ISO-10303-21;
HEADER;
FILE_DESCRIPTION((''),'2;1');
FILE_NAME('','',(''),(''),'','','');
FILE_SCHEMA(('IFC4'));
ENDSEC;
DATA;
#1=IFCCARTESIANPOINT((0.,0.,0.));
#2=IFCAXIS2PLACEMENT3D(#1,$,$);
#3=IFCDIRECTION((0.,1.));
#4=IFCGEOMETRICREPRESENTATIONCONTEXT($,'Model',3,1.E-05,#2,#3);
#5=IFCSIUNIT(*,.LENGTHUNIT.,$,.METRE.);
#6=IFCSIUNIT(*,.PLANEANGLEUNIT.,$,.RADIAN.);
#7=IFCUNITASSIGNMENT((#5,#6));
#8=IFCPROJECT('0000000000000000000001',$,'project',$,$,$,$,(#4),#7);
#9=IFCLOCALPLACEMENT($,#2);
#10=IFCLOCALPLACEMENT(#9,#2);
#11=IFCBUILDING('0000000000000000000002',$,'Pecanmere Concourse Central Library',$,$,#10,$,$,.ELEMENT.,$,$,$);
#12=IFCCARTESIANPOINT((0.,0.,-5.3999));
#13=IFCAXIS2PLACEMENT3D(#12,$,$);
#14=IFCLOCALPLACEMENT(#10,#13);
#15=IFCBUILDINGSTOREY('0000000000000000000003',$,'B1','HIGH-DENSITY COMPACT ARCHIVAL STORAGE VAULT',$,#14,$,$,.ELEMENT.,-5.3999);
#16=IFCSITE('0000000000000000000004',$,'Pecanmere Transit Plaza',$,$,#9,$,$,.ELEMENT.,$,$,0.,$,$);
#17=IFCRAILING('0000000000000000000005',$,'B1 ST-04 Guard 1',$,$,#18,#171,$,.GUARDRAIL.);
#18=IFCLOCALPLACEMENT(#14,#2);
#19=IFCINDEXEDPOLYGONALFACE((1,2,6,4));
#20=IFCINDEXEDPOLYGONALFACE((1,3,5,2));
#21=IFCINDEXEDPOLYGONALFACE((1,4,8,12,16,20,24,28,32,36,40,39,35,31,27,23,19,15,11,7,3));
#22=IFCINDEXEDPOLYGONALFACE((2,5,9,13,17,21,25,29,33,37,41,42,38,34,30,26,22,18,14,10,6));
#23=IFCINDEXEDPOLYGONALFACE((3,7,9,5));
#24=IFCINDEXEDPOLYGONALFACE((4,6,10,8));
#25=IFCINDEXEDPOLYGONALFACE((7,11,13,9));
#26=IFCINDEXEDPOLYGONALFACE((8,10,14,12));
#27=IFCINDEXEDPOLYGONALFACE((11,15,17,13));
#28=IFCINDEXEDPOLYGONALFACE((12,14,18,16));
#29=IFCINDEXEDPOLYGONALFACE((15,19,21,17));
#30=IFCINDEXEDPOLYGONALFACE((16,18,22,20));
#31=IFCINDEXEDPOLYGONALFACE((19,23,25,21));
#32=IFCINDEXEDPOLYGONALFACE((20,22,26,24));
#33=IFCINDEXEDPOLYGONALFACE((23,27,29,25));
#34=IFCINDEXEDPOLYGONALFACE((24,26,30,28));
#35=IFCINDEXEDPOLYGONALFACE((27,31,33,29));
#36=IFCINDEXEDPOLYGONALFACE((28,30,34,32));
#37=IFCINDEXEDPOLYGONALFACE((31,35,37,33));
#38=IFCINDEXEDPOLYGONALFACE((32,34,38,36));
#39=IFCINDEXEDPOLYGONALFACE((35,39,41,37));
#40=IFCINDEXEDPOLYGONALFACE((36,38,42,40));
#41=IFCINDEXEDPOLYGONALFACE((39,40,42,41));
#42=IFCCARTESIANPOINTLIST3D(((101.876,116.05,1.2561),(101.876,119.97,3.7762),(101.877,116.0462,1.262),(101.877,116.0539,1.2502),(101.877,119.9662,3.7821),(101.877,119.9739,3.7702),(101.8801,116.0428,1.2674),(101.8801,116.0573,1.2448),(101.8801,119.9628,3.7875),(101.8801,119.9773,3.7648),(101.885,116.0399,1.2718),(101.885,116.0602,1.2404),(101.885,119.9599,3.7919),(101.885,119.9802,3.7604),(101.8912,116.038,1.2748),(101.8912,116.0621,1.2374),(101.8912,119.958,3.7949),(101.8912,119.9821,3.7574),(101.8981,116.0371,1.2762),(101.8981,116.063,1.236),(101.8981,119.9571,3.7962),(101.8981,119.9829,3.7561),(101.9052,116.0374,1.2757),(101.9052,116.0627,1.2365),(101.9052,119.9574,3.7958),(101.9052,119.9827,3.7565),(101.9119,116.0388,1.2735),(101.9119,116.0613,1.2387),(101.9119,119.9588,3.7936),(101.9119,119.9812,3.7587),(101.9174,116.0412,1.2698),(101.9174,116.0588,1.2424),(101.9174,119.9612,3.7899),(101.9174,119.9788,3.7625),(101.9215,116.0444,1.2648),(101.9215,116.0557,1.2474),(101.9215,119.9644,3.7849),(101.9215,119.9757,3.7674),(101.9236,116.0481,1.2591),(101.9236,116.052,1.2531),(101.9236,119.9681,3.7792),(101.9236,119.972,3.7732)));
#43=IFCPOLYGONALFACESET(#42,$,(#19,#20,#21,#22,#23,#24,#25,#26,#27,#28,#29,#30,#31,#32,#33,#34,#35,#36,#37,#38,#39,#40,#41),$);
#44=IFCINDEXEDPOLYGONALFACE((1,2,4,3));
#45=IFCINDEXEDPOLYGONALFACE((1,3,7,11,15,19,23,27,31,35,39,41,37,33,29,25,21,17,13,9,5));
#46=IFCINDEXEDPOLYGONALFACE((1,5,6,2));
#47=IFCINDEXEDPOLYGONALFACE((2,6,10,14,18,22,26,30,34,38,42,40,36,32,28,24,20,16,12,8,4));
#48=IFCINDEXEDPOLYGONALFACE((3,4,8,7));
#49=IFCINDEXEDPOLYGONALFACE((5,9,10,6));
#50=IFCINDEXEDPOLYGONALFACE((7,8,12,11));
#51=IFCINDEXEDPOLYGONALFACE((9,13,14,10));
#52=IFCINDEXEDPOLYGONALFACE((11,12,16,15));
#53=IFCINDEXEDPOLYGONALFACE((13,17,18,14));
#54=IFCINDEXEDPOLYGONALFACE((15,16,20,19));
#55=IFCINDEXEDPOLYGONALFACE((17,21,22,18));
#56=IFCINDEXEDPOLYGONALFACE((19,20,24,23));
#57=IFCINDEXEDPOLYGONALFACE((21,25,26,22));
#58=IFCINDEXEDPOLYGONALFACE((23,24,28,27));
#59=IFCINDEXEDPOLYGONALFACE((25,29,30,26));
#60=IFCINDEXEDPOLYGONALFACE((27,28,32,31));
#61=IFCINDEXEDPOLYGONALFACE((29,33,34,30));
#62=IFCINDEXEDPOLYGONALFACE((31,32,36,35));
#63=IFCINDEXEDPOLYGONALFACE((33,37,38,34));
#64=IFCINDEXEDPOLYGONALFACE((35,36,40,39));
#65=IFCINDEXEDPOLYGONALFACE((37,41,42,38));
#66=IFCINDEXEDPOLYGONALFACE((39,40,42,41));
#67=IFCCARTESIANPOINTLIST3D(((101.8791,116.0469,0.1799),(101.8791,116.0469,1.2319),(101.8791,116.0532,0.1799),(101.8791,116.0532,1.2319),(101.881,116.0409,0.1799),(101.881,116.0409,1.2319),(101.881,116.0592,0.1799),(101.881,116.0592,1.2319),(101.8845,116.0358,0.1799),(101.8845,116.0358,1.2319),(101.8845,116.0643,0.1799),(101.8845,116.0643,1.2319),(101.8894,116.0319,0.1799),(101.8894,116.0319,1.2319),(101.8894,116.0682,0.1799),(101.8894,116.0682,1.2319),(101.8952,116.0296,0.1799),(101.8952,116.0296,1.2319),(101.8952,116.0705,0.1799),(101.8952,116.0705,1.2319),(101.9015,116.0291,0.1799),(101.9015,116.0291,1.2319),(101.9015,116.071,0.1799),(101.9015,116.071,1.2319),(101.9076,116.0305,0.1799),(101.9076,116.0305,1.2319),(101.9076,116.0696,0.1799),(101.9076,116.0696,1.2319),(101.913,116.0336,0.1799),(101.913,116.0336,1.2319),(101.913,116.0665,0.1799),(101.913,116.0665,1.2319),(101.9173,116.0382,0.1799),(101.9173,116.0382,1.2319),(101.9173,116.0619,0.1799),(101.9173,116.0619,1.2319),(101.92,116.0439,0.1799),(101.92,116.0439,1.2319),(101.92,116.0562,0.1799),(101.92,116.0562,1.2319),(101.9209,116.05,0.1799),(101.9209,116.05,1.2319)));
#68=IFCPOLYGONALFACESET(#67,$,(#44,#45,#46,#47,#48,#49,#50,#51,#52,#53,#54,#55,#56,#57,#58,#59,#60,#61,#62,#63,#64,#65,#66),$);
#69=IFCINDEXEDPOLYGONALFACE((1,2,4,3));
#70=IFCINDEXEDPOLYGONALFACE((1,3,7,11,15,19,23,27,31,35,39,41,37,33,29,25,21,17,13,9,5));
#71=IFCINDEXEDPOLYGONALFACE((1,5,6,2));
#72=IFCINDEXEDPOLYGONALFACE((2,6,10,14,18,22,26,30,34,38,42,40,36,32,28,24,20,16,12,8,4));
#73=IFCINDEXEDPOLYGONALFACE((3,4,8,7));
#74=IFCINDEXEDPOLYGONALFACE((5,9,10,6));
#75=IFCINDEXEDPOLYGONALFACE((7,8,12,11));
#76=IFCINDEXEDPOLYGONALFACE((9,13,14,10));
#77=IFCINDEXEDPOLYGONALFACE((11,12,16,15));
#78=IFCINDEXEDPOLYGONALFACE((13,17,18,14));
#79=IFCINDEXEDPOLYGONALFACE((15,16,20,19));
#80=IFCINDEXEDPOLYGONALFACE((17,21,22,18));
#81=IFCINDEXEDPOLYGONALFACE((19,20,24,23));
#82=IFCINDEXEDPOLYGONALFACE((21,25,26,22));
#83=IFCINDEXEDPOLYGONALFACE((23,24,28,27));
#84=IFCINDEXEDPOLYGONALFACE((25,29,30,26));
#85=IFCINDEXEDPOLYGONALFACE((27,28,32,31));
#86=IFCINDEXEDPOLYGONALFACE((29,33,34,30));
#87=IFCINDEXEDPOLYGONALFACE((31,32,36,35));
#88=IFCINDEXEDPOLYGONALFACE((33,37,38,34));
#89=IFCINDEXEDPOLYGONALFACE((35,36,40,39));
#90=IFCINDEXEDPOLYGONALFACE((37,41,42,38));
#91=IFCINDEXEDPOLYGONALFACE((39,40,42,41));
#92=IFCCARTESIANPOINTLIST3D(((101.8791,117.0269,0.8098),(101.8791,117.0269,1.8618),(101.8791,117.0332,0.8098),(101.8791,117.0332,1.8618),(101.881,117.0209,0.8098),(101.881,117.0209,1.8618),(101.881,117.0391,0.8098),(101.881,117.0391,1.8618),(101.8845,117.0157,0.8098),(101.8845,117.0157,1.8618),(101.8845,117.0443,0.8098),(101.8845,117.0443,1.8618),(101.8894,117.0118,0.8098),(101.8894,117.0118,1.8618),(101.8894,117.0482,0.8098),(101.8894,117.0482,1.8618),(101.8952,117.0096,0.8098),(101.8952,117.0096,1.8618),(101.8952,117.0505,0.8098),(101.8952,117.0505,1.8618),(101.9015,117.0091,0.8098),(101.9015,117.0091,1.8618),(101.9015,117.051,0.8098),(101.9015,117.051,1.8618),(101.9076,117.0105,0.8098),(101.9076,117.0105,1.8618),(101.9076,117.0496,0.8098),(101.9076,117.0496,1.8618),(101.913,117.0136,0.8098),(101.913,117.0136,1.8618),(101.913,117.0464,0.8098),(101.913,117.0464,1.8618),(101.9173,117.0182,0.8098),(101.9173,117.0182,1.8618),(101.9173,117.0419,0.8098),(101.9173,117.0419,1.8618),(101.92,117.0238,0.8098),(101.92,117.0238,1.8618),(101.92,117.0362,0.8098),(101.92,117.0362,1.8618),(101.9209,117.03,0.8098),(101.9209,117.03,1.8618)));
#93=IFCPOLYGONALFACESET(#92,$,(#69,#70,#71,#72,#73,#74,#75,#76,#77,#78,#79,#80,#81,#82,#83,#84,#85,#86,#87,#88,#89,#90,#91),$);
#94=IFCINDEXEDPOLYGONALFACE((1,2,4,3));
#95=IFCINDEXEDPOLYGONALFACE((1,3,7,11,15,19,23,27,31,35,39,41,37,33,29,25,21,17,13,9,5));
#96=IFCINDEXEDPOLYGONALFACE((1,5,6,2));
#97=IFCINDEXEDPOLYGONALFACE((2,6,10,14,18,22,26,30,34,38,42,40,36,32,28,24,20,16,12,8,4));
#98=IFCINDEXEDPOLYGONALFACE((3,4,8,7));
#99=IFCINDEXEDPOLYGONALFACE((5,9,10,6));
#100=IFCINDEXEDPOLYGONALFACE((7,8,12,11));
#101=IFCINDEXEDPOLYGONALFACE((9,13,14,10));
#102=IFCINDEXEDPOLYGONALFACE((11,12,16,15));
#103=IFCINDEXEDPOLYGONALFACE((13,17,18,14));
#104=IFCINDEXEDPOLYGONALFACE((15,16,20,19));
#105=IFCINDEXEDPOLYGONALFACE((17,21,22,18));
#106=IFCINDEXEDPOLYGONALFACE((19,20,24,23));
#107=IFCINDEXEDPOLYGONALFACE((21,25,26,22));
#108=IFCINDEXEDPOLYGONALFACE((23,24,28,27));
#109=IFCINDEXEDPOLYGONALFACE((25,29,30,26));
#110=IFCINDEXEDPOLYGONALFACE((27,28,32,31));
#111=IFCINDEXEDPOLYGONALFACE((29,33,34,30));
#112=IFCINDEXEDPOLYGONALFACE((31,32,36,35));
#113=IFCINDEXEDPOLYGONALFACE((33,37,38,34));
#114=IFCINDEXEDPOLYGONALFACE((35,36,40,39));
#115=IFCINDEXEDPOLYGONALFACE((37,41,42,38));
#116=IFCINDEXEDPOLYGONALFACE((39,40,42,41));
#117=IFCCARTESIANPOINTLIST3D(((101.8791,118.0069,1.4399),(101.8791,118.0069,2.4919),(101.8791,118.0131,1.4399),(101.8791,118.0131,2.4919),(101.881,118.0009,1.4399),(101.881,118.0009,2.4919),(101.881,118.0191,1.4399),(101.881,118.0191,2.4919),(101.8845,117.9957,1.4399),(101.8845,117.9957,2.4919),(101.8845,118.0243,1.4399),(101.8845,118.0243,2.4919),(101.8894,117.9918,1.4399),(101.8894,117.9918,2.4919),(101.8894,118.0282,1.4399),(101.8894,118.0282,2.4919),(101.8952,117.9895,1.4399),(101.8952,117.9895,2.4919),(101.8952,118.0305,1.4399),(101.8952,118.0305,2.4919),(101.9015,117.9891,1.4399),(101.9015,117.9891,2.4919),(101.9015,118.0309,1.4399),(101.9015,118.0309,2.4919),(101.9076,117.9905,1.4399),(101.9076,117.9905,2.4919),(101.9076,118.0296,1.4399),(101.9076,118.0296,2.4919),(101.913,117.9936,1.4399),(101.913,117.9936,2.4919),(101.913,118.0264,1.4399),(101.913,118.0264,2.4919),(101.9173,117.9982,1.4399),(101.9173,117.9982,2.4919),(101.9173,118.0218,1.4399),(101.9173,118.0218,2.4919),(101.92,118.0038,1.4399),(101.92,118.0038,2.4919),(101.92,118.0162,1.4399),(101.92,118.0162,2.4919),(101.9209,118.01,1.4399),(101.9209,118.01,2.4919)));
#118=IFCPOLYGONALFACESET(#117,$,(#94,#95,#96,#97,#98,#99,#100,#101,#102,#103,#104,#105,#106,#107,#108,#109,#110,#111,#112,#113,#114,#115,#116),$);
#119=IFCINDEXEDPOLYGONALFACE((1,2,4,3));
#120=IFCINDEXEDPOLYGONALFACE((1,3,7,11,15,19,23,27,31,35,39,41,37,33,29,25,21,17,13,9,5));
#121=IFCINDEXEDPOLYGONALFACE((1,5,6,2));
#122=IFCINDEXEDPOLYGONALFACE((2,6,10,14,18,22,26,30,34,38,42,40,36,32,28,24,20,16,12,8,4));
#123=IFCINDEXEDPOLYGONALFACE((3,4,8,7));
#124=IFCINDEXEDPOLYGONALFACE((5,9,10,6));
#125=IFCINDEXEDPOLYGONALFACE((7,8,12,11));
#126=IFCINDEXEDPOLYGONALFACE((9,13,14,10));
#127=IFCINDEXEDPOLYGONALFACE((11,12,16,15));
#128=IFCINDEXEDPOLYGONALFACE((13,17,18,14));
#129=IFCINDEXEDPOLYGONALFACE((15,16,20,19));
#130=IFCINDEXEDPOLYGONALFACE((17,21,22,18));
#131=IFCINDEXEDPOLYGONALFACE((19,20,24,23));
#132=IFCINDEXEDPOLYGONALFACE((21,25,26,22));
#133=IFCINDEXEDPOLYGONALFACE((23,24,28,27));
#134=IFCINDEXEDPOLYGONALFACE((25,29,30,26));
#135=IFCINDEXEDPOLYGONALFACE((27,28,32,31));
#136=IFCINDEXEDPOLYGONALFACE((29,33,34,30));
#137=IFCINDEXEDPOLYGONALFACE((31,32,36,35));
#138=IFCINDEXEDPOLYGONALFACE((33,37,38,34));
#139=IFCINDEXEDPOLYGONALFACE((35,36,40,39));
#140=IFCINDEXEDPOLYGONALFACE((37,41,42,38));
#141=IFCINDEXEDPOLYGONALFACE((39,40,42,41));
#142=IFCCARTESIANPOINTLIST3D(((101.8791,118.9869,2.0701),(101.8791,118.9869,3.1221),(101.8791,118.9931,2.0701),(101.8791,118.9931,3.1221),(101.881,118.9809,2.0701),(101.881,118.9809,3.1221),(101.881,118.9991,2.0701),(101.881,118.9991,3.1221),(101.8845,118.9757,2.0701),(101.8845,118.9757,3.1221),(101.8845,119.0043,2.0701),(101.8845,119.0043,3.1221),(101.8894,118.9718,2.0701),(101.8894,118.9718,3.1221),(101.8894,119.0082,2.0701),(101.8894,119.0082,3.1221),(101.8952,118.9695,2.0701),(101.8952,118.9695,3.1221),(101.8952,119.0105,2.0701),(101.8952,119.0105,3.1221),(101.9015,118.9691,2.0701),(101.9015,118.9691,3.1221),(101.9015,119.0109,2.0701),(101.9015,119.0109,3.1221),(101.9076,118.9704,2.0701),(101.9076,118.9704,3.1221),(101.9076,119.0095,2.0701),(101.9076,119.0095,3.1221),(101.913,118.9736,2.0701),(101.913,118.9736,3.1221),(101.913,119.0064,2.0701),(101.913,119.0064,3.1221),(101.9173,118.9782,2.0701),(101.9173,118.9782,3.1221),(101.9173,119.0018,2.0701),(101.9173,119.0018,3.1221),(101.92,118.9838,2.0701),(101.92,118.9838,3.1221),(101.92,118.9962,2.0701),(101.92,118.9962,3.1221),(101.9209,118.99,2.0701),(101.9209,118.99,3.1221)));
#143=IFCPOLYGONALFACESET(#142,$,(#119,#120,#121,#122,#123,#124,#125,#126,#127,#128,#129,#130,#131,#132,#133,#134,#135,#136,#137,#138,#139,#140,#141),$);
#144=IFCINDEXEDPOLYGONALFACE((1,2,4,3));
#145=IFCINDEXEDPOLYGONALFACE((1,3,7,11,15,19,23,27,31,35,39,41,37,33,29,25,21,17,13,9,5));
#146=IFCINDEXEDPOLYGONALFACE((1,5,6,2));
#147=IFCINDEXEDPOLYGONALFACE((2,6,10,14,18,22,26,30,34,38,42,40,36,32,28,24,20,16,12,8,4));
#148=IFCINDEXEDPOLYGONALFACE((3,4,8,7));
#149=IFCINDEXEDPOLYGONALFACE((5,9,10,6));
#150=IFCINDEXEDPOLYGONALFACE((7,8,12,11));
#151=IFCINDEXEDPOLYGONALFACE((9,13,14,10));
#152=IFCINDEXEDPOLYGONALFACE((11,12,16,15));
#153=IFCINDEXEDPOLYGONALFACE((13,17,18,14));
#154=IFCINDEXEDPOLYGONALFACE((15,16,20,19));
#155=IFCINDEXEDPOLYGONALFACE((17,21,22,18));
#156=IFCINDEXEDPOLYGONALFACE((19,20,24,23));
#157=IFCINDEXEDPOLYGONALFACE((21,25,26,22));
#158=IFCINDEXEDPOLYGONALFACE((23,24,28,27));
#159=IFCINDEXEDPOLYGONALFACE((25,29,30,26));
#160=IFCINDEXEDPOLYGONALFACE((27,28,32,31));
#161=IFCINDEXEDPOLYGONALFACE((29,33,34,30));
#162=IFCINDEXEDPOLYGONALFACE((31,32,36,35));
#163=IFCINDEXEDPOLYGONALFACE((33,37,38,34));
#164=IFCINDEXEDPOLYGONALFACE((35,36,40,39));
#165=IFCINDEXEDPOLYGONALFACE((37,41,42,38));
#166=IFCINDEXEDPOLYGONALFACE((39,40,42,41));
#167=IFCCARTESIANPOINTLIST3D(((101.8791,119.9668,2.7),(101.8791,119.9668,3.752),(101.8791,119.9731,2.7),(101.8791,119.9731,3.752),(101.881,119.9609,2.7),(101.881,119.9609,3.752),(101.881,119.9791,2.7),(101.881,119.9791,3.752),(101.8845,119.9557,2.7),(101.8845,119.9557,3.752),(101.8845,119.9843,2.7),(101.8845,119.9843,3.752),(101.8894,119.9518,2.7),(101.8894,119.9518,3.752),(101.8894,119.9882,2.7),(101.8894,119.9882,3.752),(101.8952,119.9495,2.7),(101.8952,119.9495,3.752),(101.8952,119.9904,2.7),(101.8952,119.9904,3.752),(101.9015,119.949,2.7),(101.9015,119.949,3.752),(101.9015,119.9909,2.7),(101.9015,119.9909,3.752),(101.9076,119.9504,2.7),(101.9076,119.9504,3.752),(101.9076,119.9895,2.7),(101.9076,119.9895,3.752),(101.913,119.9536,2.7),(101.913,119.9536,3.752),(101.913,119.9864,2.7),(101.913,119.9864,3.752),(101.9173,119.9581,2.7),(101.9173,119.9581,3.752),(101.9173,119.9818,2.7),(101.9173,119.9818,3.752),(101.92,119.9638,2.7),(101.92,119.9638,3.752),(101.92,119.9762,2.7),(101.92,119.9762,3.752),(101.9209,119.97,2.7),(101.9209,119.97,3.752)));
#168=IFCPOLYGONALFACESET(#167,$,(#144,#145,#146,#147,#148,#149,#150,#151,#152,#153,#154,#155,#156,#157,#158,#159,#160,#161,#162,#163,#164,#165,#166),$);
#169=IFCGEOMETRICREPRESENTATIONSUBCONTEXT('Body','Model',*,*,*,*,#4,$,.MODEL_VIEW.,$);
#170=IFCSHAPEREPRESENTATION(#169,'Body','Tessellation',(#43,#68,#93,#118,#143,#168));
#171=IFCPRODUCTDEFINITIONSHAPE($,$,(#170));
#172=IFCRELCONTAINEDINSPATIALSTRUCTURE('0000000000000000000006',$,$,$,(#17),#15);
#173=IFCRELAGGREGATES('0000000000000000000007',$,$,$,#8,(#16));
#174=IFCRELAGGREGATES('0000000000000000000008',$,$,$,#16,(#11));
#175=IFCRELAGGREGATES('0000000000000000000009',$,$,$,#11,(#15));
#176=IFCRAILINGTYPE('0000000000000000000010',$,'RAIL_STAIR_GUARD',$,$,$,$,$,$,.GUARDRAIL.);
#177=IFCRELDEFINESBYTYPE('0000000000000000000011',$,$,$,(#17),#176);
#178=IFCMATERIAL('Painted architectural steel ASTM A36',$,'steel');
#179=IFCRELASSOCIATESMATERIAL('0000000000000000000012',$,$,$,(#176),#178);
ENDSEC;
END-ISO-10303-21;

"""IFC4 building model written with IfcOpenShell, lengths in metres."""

from ifc_helpers import new_model, si_unit, direction, frame, origin, origin_2d, place, context, subcontext, project, spatial, circle, extrude, material, type_object, element, save


model = new_model("IFC4")

# Units and contexts
model_context = context("Model", 3, precision=1e-05, world=origin(), true_north=direction((0.0, 1.0)))
body_context = subcontext(model_context, "Body", "Model", "MODEL_VIEW")
ifc_project = project(units=[si_unit("LENGTHUNIT", "METRE"), si_unit("PLANEANGLEUNIT", "RADIAN")], contexts=[model_context])

# Site, building, storey
site_placement = place(None, origin())
site = spatial("IfcSite", under=ifc_project, at=site_placement, Name="Pecanmere Transit Plaza", CompositionType="ELEMENT", RefElevation=0.0)
building_placement = place(site_placement, origin())
building = spatial("IfcBuilding", under=site, at=building_placement, Name="Pecanmere Concourse Central Library", CompositionType="ELEMENT")
storey_placement = place(building_placement, frame((0.0, 0.0, -5.3999)))
storey = spatial("IfcBuildingStorey", under=building, at=storey_placement, Name="B1", Description="HIGH-DENSITY COMPACT ARCHIVAL STORAGE VAULT", CompositionType="ELEMENT", Elevation=-5.3999)

# Railing
ifc_material_1 = material(Name="Painted architectural steel ASTM A36", Category="steel")
railing_type_1 = type_object("IfcRailingType", Name="RAIL_STAIR_GUARD", PredefinedType="GUARDRAIL", material=ifc_material_1)
railing_1_placement = place(storey_placement, frame((101.8999, 116.05, 0.1799)))
element("IfcRailing", 1, at=railing_1_placement, inside=storey, type_object=railing_type_1, Name="B1 ST-04 Guard 1", PredefinedType="GUARDRAIL", context=body_context, shape_type="SweptSolid", body=[
    extrude(circle(Radius=0.0239, at=origin_2d()), frame((0.0, 0.0, 1.0762), z_axis=(0.0, 0.841172, 0.540768), x_axis=(-1.0, 0.0, 0.0)), (0.0, 0.0, 1.0), 4.6602),
    extrude(circle(Radius=0.021, at=origin_2d()), origin(), (0.0, 0.0, 1.0), 1.052),
    extrude(circle(Radius=0.021, at=origin_2d()), frame((0.0, 0.98, 0.6299)), (0.0, 0.0, 1.0), 1.052),
    extrude(circle(Radius=0.021, at=origin_2d()), frame((0.0, 1.96, 1.26)), (0.0, 0.0, 1.0), 1.052),
    extrude(circle(Radius=0.021, at=origin_2d()), frame((0.0, 2.9399, 1.8901)), (0.0, 0.0, 1.0), 1.052),
    extrude(circle(Radius=0.021, at=origin_2d()), frame((0.0, 3.9199, 2.52)), (0.0, 0.0, 1.0), 1.052),
])

save(model, "model.ifc")
